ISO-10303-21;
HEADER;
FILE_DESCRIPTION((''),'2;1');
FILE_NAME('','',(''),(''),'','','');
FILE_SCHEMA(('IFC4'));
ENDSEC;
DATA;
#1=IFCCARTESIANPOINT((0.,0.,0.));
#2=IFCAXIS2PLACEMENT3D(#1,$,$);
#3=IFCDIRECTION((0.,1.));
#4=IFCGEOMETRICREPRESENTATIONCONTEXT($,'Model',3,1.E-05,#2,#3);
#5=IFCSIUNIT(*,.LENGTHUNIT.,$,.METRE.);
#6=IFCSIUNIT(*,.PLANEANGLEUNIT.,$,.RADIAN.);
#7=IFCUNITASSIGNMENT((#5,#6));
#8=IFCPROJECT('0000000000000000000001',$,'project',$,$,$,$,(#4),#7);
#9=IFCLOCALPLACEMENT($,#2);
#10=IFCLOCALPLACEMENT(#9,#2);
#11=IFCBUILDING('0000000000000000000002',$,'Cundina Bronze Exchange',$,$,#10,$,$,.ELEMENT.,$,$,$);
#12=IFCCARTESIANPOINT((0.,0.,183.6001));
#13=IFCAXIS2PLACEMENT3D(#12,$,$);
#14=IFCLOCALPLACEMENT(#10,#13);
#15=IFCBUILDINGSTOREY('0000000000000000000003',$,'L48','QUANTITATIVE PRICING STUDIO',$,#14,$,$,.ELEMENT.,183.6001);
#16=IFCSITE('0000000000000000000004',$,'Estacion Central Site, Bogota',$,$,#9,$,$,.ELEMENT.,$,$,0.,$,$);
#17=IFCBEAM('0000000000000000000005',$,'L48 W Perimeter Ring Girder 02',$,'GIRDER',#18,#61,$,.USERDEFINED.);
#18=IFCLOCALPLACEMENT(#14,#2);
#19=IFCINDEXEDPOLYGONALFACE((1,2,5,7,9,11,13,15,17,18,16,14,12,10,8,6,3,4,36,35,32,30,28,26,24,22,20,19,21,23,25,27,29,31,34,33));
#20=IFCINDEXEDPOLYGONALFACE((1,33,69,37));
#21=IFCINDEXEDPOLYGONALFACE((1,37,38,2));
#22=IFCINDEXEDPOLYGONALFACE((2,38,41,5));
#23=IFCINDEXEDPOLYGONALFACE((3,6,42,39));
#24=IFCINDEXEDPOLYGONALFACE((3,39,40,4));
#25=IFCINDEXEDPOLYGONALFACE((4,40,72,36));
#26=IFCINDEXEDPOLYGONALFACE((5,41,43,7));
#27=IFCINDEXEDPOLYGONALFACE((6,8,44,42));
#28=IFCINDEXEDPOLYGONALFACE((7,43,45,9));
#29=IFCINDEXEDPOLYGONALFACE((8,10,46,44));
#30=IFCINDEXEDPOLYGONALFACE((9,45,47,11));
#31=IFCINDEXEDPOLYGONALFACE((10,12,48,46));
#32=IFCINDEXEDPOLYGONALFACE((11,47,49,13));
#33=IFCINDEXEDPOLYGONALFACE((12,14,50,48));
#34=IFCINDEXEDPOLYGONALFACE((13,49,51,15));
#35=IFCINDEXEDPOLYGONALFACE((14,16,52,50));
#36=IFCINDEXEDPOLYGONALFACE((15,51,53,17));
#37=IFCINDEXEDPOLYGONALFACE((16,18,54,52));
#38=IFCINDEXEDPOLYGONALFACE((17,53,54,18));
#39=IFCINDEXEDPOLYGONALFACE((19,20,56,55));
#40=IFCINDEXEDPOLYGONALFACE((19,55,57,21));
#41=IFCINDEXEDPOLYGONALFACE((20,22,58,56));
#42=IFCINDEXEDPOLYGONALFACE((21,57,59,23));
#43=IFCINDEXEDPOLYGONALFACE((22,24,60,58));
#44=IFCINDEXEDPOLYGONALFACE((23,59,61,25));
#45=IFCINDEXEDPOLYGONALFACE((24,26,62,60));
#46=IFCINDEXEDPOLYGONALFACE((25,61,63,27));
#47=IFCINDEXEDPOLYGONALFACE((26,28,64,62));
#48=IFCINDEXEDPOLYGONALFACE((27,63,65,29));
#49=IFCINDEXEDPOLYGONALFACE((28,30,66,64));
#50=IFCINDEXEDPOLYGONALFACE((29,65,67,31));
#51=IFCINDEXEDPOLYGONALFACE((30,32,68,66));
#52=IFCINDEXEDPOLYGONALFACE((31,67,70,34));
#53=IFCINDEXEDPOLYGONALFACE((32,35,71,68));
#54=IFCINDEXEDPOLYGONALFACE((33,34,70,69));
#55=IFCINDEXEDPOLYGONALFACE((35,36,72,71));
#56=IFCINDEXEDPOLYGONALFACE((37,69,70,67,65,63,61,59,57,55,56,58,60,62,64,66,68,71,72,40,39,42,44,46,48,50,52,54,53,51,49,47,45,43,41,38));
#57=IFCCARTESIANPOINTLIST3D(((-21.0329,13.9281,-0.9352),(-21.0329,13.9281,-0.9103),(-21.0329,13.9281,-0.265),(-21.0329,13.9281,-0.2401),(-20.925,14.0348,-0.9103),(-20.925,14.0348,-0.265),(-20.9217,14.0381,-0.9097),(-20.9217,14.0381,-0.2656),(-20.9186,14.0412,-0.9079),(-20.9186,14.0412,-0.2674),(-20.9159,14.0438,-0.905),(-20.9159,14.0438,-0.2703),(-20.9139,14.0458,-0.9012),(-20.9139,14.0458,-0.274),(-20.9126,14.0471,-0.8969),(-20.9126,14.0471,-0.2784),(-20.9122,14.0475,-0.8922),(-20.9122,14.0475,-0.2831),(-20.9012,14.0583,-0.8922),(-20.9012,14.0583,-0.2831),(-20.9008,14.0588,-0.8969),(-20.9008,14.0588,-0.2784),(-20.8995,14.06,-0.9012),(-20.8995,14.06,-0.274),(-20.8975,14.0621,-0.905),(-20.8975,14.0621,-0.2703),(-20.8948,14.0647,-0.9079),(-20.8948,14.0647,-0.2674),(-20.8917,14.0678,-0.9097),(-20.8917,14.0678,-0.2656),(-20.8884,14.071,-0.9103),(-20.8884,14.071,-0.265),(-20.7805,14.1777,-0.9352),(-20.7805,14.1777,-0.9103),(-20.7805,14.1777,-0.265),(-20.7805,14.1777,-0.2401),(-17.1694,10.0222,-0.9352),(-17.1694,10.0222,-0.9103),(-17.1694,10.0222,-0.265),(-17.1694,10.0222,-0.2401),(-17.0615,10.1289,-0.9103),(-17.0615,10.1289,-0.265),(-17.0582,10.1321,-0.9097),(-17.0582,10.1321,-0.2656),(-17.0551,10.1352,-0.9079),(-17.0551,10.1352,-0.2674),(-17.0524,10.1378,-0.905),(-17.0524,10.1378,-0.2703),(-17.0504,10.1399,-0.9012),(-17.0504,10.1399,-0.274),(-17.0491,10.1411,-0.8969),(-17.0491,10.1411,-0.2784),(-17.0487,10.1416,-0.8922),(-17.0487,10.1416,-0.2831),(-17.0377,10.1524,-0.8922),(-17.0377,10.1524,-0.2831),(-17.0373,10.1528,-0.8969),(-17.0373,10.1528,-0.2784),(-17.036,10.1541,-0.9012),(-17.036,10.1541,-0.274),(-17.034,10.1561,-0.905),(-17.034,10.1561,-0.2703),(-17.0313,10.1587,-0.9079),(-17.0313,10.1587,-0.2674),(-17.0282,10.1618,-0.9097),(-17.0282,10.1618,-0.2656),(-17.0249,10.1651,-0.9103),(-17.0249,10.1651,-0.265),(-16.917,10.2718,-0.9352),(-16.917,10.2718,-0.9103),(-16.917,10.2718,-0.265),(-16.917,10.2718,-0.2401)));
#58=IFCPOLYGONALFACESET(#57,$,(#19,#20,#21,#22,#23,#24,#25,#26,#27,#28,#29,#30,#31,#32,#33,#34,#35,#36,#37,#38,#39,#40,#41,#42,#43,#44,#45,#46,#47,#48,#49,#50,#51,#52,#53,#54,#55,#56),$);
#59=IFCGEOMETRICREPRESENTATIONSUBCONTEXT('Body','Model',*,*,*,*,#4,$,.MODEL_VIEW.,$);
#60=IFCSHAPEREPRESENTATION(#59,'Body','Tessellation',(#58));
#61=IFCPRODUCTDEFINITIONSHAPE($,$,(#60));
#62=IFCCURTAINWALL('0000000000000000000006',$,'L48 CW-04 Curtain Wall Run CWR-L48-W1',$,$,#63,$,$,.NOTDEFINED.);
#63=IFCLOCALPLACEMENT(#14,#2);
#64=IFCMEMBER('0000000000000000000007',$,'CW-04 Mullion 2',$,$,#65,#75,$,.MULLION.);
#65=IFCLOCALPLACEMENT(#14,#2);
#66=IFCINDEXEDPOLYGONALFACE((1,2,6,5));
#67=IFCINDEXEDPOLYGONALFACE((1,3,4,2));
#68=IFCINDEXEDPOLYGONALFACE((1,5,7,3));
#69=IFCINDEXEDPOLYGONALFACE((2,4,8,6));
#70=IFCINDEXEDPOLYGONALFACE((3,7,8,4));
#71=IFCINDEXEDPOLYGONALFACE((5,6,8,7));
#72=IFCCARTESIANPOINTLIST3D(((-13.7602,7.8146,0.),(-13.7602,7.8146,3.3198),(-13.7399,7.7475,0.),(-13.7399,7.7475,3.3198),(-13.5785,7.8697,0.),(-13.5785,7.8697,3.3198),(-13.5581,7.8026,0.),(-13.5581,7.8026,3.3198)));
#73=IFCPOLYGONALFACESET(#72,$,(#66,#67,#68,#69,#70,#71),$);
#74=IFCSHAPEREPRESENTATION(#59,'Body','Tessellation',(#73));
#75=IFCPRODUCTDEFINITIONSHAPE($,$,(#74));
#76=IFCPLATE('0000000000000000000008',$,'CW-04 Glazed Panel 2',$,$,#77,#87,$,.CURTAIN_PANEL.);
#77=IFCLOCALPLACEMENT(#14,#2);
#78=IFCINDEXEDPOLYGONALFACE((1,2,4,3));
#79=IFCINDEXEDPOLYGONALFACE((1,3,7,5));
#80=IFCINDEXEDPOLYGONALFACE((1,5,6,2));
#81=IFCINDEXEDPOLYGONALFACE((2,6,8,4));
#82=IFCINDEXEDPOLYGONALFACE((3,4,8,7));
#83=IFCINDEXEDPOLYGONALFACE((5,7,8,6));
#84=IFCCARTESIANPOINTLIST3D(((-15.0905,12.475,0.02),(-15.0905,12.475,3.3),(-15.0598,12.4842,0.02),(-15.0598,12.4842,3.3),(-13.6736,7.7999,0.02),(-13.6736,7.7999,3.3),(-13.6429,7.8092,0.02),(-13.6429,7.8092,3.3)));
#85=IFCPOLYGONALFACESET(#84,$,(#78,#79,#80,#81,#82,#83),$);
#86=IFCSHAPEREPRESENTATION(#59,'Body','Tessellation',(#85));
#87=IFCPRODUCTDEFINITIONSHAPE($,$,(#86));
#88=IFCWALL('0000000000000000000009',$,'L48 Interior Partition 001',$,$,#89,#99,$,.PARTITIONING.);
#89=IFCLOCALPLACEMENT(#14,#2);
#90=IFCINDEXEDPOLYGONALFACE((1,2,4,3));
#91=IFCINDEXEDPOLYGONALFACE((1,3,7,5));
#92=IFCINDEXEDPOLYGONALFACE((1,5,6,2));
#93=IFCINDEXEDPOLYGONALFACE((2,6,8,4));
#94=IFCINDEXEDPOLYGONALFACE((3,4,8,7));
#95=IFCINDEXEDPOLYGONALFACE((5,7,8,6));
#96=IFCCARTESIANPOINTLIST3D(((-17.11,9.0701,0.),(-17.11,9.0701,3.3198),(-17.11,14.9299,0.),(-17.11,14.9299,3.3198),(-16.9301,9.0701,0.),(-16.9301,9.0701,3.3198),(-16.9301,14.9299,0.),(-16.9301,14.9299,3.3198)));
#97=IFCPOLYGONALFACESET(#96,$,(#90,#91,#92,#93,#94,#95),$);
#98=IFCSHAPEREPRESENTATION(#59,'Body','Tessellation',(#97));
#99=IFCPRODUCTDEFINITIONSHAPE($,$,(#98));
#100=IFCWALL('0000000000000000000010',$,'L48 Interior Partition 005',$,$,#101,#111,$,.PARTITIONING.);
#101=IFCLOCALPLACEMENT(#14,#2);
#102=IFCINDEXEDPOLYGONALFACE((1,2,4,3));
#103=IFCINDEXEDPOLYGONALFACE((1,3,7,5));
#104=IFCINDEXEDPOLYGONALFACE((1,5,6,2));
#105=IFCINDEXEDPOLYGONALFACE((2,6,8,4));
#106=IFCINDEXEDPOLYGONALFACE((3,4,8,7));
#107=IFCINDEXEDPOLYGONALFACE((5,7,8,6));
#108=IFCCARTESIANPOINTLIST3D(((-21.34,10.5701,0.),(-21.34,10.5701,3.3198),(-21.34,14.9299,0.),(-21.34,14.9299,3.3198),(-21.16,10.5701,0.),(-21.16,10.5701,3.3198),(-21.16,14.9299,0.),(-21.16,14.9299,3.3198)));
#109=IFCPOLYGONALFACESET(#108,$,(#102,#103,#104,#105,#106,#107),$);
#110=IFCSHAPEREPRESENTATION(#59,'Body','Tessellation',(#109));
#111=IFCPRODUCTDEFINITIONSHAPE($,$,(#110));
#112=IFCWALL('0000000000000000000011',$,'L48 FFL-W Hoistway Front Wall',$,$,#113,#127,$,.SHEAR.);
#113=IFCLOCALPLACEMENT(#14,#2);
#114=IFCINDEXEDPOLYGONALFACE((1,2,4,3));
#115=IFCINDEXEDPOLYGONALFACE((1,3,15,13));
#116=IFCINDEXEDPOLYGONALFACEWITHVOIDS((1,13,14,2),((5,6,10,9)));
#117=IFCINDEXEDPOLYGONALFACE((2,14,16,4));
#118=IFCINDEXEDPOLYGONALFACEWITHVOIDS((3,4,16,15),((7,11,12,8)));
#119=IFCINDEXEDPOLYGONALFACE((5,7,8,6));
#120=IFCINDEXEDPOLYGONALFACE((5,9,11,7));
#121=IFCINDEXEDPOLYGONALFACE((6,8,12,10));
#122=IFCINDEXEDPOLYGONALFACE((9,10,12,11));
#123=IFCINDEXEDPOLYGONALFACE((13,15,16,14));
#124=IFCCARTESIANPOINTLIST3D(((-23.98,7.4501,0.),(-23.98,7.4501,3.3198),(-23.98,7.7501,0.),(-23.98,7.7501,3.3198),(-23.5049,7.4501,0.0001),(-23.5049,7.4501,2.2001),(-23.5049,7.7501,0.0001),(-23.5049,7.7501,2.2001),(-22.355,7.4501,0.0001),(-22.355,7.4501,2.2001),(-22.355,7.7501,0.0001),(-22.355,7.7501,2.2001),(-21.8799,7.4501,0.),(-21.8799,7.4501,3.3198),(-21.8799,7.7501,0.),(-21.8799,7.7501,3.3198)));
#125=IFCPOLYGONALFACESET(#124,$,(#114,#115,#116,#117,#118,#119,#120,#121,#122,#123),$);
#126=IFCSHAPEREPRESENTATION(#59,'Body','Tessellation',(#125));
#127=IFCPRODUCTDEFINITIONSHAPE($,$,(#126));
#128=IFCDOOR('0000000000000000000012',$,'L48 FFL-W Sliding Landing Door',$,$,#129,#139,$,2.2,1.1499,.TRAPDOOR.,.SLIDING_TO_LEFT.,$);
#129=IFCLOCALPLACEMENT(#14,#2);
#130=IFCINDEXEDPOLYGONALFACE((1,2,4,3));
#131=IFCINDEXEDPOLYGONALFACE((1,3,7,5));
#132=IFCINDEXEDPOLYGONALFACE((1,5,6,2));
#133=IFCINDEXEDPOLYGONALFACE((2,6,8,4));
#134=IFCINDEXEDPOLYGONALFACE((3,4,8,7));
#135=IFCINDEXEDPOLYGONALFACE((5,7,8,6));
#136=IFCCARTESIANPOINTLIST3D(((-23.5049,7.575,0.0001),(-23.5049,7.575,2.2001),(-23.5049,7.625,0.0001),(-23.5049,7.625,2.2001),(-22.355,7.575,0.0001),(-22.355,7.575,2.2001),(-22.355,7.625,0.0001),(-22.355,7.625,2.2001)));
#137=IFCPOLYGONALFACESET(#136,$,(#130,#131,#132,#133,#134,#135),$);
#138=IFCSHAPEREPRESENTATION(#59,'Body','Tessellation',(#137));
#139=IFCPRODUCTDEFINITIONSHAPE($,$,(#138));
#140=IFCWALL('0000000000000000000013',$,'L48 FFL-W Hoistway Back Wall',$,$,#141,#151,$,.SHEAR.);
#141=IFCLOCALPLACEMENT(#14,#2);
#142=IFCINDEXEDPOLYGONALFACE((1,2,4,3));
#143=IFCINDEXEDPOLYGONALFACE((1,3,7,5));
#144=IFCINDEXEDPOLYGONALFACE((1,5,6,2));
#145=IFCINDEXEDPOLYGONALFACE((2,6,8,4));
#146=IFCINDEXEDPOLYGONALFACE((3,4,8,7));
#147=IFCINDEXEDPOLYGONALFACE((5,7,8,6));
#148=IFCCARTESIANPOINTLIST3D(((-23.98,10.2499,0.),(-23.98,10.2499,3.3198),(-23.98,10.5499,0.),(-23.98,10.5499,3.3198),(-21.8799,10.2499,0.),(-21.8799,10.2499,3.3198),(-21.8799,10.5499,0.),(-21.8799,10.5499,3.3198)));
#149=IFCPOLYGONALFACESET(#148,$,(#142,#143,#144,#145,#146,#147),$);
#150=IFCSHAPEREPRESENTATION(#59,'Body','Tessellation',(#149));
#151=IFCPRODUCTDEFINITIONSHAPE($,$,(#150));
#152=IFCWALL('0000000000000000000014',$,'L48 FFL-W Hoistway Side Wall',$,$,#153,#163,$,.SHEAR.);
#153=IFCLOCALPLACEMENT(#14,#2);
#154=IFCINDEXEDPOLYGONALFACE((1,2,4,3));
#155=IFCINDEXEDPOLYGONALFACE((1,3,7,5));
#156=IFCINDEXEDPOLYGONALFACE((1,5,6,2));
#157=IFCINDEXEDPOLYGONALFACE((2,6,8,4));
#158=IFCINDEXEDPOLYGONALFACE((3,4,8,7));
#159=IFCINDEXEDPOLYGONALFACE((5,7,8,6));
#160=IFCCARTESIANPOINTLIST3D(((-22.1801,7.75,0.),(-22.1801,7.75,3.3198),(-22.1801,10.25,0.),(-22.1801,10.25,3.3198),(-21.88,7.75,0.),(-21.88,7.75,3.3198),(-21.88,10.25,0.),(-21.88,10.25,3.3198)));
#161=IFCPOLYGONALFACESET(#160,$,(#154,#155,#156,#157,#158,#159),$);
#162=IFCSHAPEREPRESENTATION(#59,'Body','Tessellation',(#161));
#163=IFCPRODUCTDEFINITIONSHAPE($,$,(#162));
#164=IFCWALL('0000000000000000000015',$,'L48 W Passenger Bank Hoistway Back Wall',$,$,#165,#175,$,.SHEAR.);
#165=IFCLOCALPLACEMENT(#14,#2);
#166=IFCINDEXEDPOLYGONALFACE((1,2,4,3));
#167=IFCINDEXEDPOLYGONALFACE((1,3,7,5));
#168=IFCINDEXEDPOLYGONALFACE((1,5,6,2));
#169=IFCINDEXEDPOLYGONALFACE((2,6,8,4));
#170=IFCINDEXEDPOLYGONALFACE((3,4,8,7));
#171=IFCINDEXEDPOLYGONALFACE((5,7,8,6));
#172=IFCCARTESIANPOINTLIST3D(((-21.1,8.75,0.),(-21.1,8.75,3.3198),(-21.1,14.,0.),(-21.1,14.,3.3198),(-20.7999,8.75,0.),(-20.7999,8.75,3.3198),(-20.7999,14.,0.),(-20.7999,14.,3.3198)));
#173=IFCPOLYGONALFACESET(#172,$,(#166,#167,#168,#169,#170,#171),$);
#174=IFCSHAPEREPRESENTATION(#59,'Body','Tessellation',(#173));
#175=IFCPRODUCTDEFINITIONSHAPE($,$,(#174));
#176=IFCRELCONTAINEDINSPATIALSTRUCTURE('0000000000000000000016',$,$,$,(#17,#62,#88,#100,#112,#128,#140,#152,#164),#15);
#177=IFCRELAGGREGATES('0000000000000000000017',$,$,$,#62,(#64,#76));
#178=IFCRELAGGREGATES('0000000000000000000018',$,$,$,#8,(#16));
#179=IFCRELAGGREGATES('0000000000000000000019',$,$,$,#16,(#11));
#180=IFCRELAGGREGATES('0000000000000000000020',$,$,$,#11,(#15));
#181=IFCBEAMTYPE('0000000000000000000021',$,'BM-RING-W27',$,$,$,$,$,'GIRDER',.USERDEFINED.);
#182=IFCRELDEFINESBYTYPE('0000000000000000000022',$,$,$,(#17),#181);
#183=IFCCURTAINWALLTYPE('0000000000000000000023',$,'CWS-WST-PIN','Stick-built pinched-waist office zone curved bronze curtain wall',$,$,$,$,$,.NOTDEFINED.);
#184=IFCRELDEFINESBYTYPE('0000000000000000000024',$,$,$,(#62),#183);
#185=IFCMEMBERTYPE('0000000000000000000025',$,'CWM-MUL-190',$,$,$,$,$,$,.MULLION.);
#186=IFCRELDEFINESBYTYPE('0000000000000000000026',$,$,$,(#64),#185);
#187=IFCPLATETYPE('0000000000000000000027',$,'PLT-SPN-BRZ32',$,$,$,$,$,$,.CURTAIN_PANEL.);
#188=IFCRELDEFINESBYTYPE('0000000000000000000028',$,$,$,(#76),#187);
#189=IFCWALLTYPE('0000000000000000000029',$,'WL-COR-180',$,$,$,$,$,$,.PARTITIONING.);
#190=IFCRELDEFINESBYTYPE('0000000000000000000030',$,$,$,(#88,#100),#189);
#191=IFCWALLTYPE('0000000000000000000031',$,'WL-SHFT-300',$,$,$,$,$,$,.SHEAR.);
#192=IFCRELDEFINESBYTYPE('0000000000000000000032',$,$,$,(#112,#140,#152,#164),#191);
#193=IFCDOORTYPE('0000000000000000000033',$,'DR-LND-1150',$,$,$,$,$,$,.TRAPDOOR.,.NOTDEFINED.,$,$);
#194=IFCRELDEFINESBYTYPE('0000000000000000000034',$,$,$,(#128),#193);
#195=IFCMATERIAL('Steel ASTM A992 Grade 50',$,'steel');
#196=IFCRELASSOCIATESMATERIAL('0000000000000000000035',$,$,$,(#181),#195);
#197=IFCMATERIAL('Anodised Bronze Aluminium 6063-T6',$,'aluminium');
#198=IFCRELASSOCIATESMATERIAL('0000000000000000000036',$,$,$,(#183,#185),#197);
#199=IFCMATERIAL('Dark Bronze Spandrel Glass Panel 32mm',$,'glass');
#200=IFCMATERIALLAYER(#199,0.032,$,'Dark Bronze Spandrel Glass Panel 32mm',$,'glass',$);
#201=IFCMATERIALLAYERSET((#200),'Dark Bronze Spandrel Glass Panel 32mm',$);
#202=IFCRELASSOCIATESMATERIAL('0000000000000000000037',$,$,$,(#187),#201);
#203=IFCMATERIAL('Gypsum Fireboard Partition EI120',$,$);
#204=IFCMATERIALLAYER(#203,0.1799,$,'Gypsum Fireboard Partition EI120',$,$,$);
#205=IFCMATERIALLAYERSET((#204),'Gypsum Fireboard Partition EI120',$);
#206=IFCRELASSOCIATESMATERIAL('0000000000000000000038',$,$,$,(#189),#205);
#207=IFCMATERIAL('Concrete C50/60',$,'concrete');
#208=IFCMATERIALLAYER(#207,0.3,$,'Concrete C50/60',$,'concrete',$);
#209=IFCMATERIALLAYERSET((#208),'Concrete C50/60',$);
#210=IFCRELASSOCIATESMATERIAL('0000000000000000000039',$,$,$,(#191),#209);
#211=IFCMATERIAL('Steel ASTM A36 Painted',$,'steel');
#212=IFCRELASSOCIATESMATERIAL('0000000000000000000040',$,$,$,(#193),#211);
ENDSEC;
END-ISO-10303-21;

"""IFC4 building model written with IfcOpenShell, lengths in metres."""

from ifc_helpers import new_model, si_unit, direction, frame, frame_2d, origin, origin_2d, place, context, subcontext, project, spatial, rectangle, i_section, extrude, material, layer, layer_set, material_profile, profile_set, type_object, element, fill, aggregate, save


model = new_model("IFC4")

# Units and contexts
model_context = context("Model", 3, precision=1e-05, world=origin(), true_north=direction((0.0, 1.0)))
body_context = subcontext(model_context, "Body", "Model", "MODEL_VIEW")
ifc_project = project(units=[si_unit("LENGTHUNIT", "METRE"), si_unit("PLANEANGLEUNIT", "RADIAN")], contexts=[model_context])

# Site, building, storey
site_placement = place(None, origin())
site = spatial("IfcSite", under=ifc_project, at=site_placement, Name="Estacion Central Site, Bogota", CompositionType="ELEMENT", RefElevation=0.0)
building_placement = place(site_placement, origin())
building = spatial("IfcBuilding", under=site, at=building_placement, Name="Cundina Bronze Exchange", CompositionType="ELEMENT")
storey_placement = place(building_placement, frame((0.0, 0.0, 183.6001)))
storey = spatial("IfcBuildingStorey", under=building, at=storey_placement, Name="L48", Description="QUANTITATIVE PRICING STUDIO", CompositionType="ELEMENT", Elevation=183.6001)

# Shared definitions
ifc_material_1 = material(Name="Concrete C50/60", Category="concrete")

# Beam
ifc_material_2 = material(Name="Steel ASTM A992 Grade 50", Category="steel")
ifc_material_profile_1 = material_profile(ifc_material_2, i_section(OverallWidth=0.355, OverallDepth=0.6951, WebThickness=0.0154, FlangeThickness=0.0249, FilletRadius=0.0181, at=origin_2d()), Name="W27X146", Category="steel")
ifc_profile_set_1 = profile_set([ifc_material_profile_1], Name="Steel ASTM A992 Grade 50")
beam_type_1 = type_object("IfcBeamType", Name="BM-RING-W27", ElementType="GIRDER", PredefinedType="USERDEFINED", material=ifc_profile_set_1)
beam_1_placement = place(storey_placement, frame((-17.0432, 10.147, -0.5876), z_axis=(-0.70323, 0.710962, 0.0), x_axis=(-0.710962, -0.70323, 0.0)))
element("IfcBeam", 1, at=beam_1_placement, inside=storey, type_object=beam_type_1, Name="L48 W Perimeter Ring Girder 02", ObjectType="GIRDER", PredefinedType="USERDEFINED", context=body_context, shape_type="SweptSolid", body=[
    extrude(i_section(OverallWidth=0.355, OverallDepth=0.6951, WebThickness=0.0154, FlangeThickness=0.0249, FilletRadius=0.0181, at=origin_2d()), origin(), (0.0, 0.0, 1.0), 5.4939),
])

# Curtain wall, member, plate
ifc_material_3 = material(Name="Anodised Bronze Aluminium 6063-T6", Category="aluminium")
curtain_wall_type = type_object("IfcCurtainWallType", Name="CWS-WST-PIN", Description="Stick-built pinched-waist office zone curved bronze curtain wall", PredefinedType="NOTDEFINED", material=ifc_material_3)
curtain_wall_placement = place(storey_placement, origin())
curtain_wall = element("IfcCurtainWall", 2, at=curtain_wall_placement, inside=storey, type_object=curtain_wall_type, Name="L48 CW-04 Curtain Wall Run CWR-L48-W1", PredefinedType="NOTDEFINED")
ifc_material_profile_2 = material_profile(ifc_material_3, rectangle(XDim=0.0701, YDim=0.1899, at=origin_2d()), Name="AL70X190", Category="aluminium")
ifc_profile_set_2 = profile_set([ifc_material_profile_2], Name="Anodised Bronze Aluminium 6063-T6")
member_type = type_object("IfcMemberType", Name="CWM-MUL-190", PredefinedType="MULLION", material=ifc_profile_set_2)
member_placement = place(storey_placement, frame((-13.6592, 7.8086, 0.0), z_axis=(0.0, 0.0, 1.0), x_axis=(-0.290034, 0.957016, 0.0)))
member = element("IfcMember", 3, at=member_placement, type_object=member_type, Name="CW-04 Mullion 2", PredefinedType="MULLION", context=body_context, shape_type="SweptSolid", body=[
    extrude(rectangle(XDim=0.0701, YDim=0.1899, at=origin_2d()), origin(), (0.0, 0.0, 1.0), 3.3198),
])
ifc_material_4 = material(Name="Dark Bronze Spandrel Glass Panel 32mm", Category="glass")
ifc_layer_1 = layer(ifc_material_4, 0.032, Name="Dark Bronze Spandrel Glass Panel 32mm", Category="glass")
ifc_layer_set_1 = layer_set([ifc_layer_1], Name="Dark Bronze Spandrel Glass Panel 32mm")
plate_type = type_object("IfcPlateType", Name="PLT-SPN-BRZ32", PredefinedType="CURTAIN_PANEL", material=ifc_layer_set_1)
plate_placement = place(storey_placement, frame((-14.3667, 10.1421, 0.02), z_axis=(0.0, 0.0, 1.0), x_axis=(-0.290051, 0.957011, 0.0)))
plate = element("IfcPlate", 4, at=plate_placement, type_object=plate_type, Name="CW-04 Glazed Panel 2", PredefinedType="CURTAIN_PANEL", context=body_context, shape_type="SweptSolid", body=[
    extrude(rectangle(XDim=4.885, YDim=0.032, at=origin_2d()), origin(), (0.0, 0.0, 1.0), 3.28),
])
aggregate(curtain_wall, [member, plate])

# Walls
ifc_material_5 = material(Name="Gypsum Fireboard Partition EI120")
ifc_layer_2 = layer(ifc_material_5, 0.1799, Name="Gypsum Fireboard Partition EI120")
ifc_layer_set_2 = layer_set([ifc_layer_2], Name="Gypsum Fireboard Partition EI120")
wall_type_1 = type_object("IfcWallType", Name="WL-COR-180", PredefinedType="PARTITIONING", material=ifc_layer_set_2)
wall_1_placement = place(storey_placement, frame((-17.02, 9.0701, 0.0), z_axis=(0.0, 0.0, 1.0), x_axis=(0.0, 1.0, 0.0)))
element("IfcWall", 5, at=wall_1_placement, inside=storey, type_object=wall_type_1, Name="L48 Interior Partition 001", PredefinedType="PARTITIONING", context=body_context, shape_type="SweptSolid", body=[
    extrude(rectangle(XDim=5.8599, YDim=0.1799, at=frame_2d((2.9299, 0.0))), origin(), (0.0, 0.0, 1.0), 3.3198),
])
wall_2_placement = place(storey_placement, frame((-21.25, 10.5701, 0.0), z_axis=(0.0, 0.0, 1.0), x_axis=(0.0, 1.0, 0.0)))
element("IfcWall", 6, at=wall_2_placement, inside=storey, type_object=wall_type_1, Name="L48 Interior Partition 005", PredefinedType="PARTITIONING", context=body_context, shape_type="SweptSolid", body=[
    extrude(rectangle(XDim=4.3599, YDim=0.1799, at=frame_2d((2.1799, 0.0))), origin(), (0.0, 0.0, 1.0), 3.3198),
])

# Wall, opening, door
ifc_layer_3 = layer(ifc_material_1, 0.3, Name="Concrete C50/60", Category="concrete")
ifc_layer_set_3 = layer_set([ifc_layer_3], Name="Concrete C50/60")
wall_type_2 = type_object("IfcWallType", Name="WL-SHFT-300", PredefinedType="SHEAR", material=ifc_layer_set_3)
wall_3_placement = place(storey_placement, frame((-23.98, 7.6001, 0.0), z_axis=(0.0, 0.0, 1.0), x_axis=(1.0, 0.0, 0.0)))
wall_3 = element("IfcWall", 7, at=wall_3_placement, inside=storey, type_object=wall_type_2, Name="L48 FFL-W Hoistway Front Wall", PredefinedType="SHEAR", context=body_context, shape_type="SweptSolid", body=[
    extrude(rectangle(XDim=2.1001, YDim=0.3, at=frame_2d((1.05, 0.0))), origin(), (0.0, 0.0, 1.0), 3.3198),
])
opening_1_placement = place(wall_3_placement, frame((0.4751, 0.0, 0.0)))
opening_1 = element("IfcOpeningElement", 8, at=opening_1_placement, cuts=wall_3, PredefinedType="OPENING", context=body_context, shape_type="SweptSolid", body=[
    extrude(rectangle(XDim=1.1499, YDim=2.2, at=frame_2d((0.575, 1.1001))), frame((0.0, 0.1599, 0.0), z_axis=(0.0, -1.0, 0.0), x_axis=(1.0, 0.0, 0.0)), (0.0, 0.0, 1.0), 0.3201),
])
ifc_material_6 = material(Name="Steel ASTM A36 Painted", Category="steel")
door_type = type_object("IfcDoorType", Name="DR-LND-1150", OperationType="NOTDEFINED", PredefinedType="TRAPDOOR", material=ifc_material_6)
door_1_placement = place(opening_1_placement, origin())
door_1 = element("IfcDoor", 9, at=door_1_placement, inside=storey, type_object=door_type, Name="L48 FFL-W Sliding Landing Door", OperationType="SLIDING_TO_LEFT", OverallHeight=2.2, OverallWidth=1.1499, PredefinedType="TRAPDOOR", context=body_context, shape_type="SweptSolid", body=[
    extrude(rectangle(XDim=1.1499, YDim=2.2, at=frame_2d((0.575, 1.1001))), frame((0.0, 0.0249, 0.0), z_axis=(0.0, -1.0, 0.0), x_axis=(1.0, 0.0, 0.0)), (0.0, 0.0, 1.0), 0.05),
])
fill(opening_1, door_1)

# Walls
wall_4_placement = place(storey_placement, frame((-23.98, 10.3999, 0.0), z_axis=(0.0, 0.0, 1.0), x_axis=(1.0, 0.0, 0.0)))
element("IfcWall", 10, at=wall_4_placement, inside=storey, type_object=wall_type_2, Name="L48 FFL-W Hoistway Back Wall", PredefinedType="SHEAR", context=body_context, shape_type="SweptSolid", body=[
    extrude(rectangle(XDim=2.1001, YDim=0.3, at=frame_2d((1.05, 0.0))), origin(), (0.0, 0.0, 1.0), 3.3198),
])
wall_5_placement = place(storey_placement, frame((-22.03, 7.75, 0.0), z_axis=(0.0, 0.0, 1.0), x_axis=(0.0, 1.0, 0.0)))
element("IfcWall", 11, at=wall_5_placement, inside=storey, type_object=wall_type_2, Name="L48 FFL-W Hoistway Side Wall", PredefinedType="SHEAR", context=body_context, shape_type="SweptSolid", body=[
    extrude(rectangle(XDim=2.5, YDim=0.3, at=frame_2d((1.25, 0.0))), origin(), (0.0, 0.0, 1.0), 3.3198),
])
wall_6_placement = place(storey_placement, frame((-20.95, 8.75, 0.0), z_axis=(0.0, 0.0, 1.0), x_axis=(0.0, 1.0, 0.0)))
element("IfcWall", 12, at=wall_6_placement, inside=storey, type_object=wall_type_2, Name="L48 W Passenger Bank Hoistway Back Wall", PredefinedType="SHEAR", context=body_context, shape_type="SweptSolid", body=[
    extrude(rectangle(XDim=5.25, YDim=0.3, at=frame_2d((2.625, 0.0))), origin(), (0.0, 0.0, 1.0), 3.3198),
])

save(model, "model.ifc")
